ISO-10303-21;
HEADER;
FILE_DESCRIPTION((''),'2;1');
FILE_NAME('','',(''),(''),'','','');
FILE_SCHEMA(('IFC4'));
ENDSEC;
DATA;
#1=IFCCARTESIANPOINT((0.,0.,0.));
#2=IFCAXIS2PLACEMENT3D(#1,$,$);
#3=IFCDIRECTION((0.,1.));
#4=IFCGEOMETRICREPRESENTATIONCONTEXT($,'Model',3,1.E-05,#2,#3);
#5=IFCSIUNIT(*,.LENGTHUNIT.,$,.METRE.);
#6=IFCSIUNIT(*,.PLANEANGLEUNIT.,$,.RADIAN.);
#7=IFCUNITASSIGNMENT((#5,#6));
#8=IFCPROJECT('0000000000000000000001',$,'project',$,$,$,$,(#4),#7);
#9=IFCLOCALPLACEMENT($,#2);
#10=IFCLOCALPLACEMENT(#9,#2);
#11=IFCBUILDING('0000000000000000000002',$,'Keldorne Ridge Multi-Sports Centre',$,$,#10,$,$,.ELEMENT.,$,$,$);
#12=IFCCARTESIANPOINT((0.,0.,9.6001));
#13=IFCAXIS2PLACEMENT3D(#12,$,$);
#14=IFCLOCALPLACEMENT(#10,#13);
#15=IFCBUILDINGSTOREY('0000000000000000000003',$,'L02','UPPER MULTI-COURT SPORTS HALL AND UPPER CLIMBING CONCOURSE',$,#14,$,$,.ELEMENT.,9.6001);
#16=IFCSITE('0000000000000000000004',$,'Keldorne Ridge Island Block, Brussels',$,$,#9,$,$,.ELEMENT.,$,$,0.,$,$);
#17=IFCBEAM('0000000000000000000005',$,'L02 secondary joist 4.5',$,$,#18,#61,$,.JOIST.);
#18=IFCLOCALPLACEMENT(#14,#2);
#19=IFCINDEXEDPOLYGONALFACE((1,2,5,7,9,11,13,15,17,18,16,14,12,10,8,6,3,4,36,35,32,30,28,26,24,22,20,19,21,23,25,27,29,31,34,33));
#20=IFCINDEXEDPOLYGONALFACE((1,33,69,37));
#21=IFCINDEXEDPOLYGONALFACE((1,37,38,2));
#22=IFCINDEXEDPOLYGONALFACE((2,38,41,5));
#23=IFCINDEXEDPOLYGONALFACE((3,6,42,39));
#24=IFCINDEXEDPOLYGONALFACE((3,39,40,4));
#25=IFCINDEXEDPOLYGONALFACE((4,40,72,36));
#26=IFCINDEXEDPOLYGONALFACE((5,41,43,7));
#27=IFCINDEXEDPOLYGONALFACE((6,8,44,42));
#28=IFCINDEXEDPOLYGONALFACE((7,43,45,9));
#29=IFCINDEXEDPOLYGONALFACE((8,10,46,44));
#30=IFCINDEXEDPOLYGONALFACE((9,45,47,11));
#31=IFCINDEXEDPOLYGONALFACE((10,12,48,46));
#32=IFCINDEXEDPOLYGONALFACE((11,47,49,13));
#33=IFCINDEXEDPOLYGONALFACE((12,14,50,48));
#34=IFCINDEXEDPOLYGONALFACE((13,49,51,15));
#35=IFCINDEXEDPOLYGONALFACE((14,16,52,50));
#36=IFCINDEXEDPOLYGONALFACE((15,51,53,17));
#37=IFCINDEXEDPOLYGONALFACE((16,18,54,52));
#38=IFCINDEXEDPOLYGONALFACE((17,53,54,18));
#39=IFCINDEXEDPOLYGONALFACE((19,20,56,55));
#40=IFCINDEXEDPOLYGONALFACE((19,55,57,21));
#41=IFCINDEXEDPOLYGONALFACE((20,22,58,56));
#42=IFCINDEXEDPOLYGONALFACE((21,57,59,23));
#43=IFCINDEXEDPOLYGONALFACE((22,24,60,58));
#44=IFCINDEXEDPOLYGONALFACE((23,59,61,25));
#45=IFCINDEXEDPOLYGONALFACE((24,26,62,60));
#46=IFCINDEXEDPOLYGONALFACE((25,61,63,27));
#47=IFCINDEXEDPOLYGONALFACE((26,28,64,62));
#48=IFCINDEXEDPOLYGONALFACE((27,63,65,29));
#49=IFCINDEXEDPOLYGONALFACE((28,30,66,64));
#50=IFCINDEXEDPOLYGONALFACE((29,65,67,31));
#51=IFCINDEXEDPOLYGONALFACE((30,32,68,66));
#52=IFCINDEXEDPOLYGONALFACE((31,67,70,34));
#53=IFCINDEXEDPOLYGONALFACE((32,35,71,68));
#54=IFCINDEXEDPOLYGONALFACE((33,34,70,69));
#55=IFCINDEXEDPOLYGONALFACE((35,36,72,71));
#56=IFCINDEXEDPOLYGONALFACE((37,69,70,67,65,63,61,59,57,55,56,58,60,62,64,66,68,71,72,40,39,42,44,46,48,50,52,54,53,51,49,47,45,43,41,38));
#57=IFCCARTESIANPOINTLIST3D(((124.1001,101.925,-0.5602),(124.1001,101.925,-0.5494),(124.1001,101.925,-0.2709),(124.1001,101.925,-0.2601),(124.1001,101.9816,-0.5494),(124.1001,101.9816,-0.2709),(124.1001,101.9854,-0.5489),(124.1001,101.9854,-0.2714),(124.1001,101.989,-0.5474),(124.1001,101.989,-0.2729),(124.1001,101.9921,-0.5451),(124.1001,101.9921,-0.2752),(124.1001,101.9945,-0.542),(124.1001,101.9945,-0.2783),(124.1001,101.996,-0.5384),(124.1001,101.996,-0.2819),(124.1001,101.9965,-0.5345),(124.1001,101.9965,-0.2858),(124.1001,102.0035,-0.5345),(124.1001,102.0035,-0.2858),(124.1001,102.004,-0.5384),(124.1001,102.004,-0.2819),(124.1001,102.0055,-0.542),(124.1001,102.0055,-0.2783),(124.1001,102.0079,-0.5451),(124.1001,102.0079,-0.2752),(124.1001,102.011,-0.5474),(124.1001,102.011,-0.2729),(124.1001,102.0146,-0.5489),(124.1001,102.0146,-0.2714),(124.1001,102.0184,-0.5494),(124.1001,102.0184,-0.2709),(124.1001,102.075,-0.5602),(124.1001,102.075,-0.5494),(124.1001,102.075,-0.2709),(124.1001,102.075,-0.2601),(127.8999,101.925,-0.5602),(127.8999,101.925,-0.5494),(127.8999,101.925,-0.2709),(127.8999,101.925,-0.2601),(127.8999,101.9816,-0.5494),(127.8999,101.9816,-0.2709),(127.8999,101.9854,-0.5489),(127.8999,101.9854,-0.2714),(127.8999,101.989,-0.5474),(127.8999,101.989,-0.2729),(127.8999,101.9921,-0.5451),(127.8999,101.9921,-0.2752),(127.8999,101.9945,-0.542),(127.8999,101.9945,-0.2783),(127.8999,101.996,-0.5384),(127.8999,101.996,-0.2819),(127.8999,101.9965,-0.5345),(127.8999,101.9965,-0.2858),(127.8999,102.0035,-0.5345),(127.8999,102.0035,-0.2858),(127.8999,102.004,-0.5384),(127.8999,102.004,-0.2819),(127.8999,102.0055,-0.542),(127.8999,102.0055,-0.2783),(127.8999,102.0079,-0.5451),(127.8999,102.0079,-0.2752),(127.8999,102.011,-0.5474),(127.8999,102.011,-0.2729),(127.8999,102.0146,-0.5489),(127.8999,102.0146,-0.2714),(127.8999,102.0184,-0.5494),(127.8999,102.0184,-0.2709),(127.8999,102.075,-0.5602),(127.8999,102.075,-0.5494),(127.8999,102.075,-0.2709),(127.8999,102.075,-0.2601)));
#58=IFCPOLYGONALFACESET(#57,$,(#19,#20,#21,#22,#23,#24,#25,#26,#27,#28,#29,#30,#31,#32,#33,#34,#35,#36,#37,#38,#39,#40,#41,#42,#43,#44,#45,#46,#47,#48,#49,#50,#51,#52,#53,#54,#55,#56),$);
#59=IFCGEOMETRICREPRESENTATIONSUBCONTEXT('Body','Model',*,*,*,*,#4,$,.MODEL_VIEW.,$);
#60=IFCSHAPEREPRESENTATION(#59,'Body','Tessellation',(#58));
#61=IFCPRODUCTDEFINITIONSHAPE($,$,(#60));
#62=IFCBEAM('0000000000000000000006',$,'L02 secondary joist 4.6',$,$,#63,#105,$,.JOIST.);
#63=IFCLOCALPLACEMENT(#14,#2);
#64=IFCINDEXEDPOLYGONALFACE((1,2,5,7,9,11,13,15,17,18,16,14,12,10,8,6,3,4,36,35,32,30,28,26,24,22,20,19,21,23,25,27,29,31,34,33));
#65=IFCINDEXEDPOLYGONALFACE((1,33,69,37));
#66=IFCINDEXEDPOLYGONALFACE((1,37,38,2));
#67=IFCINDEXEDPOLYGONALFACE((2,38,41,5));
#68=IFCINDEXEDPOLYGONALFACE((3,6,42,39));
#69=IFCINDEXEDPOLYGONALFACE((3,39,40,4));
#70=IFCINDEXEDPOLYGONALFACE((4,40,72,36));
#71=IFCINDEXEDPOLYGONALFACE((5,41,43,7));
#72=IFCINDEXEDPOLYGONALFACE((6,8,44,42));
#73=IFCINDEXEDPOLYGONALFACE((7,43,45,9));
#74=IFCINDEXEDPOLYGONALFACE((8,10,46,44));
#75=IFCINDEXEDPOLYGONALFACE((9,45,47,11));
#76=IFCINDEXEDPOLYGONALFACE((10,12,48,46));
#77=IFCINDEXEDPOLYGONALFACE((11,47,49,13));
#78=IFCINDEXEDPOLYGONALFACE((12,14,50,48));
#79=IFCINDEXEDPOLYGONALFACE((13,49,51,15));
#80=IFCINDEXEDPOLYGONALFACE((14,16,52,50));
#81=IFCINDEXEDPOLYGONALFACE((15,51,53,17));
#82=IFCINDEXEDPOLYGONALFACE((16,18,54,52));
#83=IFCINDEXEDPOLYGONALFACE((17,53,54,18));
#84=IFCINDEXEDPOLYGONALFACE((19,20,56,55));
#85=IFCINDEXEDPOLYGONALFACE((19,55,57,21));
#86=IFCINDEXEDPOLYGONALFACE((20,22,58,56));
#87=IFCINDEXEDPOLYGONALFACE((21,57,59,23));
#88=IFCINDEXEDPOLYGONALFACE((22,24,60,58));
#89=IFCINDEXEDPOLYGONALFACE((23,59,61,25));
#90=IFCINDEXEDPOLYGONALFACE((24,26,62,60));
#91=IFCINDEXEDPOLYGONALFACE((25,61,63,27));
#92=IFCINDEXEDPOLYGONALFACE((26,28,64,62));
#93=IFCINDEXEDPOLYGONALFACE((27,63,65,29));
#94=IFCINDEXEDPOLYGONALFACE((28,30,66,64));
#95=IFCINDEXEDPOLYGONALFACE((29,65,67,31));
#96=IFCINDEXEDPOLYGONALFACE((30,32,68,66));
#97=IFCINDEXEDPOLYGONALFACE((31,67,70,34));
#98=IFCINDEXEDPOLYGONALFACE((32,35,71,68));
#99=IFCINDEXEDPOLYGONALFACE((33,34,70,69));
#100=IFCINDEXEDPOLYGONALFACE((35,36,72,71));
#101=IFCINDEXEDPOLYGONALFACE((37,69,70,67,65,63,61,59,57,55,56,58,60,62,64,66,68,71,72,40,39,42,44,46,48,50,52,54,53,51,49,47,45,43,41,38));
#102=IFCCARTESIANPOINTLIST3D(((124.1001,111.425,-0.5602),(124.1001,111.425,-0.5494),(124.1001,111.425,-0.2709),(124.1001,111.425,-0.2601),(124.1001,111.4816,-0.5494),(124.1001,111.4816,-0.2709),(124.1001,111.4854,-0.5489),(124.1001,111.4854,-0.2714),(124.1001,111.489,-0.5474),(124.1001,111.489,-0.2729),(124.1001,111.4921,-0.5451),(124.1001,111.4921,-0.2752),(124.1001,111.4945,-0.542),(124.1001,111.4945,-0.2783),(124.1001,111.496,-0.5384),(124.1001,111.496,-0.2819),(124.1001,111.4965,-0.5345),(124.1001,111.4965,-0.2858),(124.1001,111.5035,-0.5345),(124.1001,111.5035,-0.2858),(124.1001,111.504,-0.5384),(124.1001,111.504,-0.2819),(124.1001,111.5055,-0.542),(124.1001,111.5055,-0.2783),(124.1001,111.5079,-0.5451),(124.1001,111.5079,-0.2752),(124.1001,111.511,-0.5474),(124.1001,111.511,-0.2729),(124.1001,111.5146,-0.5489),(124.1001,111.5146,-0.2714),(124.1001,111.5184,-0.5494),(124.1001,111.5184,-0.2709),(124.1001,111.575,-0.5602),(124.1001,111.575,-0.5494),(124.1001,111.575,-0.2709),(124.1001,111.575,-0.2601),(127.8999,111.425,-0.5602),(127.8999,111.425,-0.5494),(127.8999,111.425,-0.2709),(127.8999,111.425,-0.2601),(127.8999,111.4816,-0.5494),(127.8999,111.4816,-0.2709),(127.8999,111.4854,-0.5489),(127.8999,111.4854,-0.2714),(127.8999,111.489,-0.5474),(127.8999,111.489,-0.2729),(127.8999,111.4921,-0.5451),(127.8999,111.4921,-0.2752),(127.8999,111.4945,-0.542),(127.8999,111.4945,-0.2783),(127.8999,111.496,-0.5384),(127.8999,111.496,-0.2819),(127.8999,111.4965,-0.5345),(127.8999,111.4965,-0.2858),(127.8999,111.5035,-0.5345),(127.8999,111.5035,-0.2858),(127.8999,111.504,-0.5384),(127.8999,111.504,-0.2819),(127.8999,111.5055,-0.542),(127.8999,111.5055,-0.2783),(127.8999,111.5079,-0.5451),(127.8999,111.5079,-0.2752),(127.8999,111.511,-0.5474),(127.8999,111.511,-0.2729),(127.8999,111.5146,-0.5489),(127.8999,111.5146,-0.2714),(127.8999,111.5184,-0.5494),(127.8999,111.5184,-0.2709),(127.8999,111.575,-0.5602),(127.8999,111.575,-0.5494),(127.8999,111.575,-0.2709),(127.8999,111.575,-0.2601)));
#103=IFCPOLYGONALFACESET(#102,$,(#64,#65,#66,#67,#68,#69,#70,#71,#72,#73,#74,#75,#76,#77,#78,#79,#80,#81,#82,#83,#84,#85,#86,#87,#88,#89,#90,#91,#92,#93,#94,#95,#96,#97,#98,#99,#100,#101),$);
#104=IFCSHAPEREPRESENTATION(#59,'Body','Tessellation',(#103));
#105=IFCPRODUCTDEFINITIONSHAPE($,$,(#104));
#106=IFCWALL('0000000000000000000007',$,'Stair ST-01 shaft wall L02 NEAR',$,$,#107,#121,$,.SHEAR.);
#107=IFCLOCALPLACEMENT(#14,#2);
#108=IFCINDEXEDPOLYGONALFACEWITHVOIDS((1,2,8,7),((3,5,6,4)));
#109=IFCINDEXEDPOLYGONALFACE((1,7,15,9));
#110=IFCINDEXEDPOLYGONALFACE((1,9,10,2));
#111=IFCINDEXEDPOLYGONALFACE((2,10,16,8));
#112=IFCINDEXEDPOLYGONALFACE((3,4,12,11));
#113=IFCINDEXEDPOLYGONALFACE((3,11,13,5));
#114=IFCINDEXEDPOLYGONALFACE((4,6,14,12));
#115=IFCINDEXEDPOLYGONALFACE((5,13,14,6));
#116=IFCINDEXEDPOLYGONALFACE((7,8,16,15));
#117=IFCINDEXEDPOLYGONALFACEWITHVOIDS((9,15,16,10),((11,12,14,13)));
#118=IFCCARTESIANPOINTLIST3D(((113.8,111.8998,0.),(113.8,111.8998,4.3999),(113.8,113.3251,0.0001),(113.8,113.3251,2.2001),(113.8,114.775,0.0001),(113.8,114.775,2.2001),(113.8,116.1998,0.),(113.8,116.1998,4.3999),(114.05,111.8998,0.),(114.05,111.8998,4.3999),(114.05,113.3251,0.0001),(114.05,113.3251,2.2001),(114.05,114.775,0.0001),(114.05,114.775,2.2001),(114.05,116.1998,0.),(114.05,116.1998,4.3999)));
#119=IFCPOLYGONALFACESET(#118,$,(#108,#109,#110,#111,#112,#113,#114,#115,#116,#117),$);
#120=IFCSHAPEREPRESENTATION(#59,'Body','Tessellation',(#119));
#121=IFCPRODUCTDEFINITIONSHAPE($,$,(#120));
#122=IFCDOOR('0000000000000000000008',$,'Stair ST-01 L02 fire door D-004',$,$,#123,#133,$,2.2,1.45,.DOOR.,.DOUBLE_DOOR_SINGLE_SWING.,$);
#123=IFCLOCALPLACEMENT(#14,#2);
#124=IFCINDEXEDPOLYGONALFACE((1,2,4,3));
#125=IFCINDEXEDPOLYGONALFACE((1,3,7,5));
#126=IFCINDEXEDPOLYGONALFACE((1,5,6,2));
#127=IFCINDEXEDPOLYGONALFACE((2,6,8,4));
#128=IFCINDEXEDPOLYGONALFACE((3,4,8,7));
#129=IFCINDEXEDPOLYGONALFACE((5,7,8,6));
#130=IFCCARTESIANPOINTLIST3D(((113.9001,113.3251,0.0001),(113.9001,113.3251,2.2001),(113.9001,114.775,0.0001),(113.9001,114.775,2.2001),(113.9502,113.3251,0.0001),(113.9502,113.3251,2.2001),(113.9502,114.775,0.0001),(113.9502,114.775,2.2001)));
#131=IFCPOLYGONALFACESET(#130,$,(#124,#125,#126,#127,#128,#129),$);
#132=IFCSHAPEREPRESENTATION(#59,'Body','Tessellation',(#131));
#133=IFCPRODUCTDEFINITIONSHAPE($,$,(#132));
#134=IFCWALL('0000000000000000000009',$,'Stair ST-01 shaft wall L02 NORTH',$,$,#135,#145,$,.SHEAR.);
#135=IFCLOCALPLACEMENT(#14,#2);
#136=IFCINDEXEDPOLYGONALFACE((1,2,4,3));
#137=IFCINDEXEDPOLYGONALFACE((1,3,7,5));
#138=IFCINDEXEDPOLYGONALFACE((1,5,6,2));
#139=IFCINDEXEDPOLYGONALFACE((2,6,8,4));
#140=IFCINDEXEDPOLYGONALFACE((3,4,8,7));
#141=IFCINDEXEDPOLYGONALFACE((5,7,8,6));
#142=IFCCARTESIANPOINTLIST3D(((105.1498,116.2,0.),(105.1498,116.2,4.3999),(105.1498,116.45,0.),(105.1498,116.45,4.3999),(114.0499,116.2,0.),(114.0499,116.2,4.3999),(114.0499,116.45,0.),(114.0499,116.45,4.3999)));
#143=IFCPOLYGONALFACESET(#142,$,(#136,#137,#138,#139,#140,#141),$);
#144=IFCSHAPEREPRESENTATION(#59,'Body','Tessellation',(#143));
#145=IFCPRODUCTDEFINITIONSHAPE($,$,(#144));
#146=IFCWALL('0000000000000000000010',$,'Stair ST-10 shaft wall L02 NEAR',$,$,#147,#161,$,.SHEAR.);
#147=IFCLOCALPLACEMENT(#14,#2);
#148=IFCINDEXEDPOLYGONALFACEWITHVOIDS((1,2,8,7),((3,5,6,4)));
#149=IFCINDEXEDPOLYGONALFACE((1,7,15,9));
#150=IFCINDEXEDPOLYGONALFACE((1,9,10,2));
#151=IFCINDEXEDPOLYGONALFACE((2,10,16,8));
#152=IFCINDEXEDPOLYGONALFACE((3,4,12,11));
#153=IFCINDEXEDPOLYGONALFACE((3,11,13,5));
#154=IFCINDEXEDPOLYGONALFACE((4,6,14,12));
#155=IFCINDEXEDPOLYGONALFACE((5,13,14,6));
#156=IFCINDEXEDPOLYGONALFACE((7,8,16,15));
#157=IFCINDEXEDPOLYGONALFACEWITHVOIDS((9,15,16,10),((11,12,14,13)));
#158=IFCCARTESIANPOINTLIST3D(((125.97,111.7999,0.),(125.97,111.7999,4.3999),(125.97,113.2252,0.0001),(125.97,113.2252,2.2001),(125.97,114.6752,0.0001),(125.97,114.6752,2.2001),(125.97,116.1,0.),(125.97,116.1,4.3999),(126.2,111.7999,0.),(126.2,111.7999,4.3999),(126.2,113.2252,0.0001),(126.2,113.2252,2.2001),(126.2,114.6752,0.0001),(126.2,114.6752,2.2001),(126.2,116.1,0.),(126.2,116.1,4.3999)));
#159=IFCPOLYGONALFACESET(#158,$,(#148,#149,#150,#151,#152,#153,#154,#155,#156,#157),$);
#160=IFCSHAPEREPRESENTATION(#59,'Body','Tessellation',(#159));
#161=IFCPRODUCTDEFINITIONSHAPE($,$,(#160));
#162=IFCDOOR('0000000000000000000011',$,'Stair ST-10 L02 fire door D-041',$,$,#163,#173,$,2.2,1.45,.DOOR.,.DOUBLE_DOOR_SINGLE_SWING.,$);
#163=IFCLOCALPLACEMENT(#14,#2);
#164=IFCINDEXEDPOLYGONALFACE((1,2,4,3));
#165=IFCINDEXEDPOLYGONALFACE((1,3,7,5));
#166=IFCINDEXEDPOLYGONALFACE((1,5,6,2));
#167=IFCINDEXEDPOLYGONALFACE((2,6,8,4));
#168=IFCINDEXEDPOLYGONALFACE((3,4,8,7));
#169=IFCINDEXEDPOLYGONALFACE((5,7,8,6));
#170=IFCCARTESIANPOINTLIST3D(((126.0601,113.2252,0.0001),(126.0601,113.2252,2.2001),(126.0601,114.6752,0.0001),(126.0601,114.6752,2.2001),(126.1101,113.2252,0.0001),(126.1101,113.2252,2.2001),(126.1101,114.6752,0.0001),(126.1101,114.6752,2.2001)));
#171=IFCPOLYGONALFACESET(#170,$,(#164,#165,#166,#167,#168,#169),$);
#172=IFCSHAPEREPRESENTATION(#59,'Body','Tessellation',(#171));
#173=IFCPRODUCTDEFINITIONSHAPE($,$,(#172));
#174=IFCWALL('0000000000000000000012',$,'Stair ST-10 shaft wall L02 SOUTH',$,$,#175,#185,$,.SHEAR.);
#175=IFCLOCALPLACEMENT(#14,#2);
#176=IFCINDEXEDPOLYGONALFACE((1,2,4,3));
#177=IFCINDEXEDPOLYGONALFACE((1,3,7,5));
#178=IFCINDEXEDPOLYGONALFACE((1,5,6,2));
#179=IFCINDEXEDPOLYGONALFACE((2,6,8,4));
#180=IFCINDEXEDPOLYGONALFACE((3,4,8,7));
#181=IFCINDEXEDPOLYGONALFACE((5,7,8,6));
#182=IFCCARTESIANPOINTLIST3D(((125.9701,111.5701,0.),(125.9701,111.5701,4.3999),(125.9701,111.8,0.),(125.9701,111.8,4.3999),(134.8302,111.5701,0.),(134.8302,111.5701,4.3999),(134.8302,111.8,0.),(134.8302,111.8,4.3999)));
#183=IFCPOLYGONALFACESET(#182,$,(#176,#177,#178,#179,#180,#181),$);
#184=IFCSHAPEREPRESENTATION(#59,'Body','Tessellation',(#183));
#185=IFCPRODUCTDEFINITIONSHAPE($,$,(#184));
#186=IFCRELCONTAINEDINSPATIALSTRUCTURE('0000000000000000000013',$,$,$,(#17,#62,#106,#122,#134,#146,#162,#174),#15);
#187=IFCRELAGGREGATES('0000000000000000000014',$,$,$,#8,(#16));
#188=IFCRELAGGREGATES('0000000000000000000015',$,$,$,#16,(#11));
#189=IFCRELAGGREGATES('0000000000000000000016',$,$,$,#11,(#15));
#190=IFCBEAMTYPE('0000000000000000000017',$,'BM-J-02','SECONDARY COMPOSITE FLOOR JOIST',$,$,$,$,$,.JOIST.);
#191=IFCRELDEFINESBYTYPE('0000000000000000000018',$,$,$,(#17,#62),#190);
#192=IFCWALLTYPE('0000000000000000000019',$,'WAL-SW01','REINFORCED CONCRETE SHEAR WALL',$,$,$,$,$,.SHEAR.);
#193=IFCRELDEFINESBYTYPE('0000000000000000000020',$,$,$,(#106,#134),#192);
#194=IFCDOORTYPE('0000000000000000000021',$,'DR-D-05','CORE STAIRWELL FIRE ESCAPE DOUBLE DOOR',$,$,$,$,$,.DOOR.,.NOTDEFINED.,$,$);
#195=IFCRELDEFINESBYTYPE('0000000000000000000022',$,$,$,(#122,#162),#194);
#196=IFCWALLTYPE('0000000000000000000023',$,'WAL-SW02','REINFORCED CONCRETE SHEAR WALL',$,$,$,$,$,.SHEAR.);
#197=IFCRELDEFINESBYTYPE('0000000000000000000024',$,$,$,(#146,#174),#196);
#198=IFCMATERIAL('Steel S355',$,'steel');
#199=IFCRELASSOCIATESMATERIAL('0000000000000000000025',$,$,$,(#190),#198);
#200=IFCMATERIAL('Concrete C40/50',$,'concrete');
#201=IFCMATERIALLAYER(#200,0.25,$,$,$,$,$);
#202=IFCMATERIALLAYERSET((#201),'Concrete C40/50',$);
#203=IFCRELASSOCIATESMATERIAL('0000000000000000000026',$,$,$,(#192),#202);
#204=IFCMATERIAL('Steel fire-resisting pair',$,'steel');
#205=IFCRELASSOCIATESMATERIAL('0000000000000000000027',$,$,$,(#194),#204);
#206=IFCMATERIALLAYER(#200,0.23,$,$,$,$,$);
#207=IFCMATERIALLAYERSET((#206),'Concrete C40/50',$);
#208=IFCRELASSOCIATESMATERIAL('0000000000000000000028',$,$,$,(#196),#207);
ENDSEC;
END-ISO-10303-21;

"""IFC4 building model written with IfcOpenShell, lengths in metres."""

from ifc_helpers import new_model, si_unit, direction, frame, frame_2d, origin, origin_2d, place, context, subcontext, project, spatial, rectangle, i_section, extrude, material, layer, layer_set, material_profile, profile_set, type_object, element, fill, save


model = new_model("IFC4")

# Units and contexts
model_context = context("Model", 3, precision=1e-05, world=origin(), true_north=direction((0.0, 1.0)))
body_context = subcontext(model_context, "Body", "Model", "MODEL_VIEW")
ifc_project = project(units=[si_unit("LENGTHUNIT", "METRE"), si_unit("PLANEANGLEUNIT", "RADIAN")], contexts=[model_context])

# Site, building, storey
site_placement = place(None, origin())
site = spatial("IfcSite", under=ifc_project, at=site_placement, Name="Keldorne Ridge Island Block, Brussels", CompositionType="ELEMENT", RefElevation=0.0)
building_placement = place(site_placement, origin())
building = spatial("IfcBuilding", under=site, at=building_placement, Name="Keldorne Ridge Multi-Sports Centre", CompositionType="ELEMENT")
storey_placement = place(building_placement, frame((0.0, 0.0, 9.6001)))
storey = spatial("IfcBuildingStorey", under=building, at=storey_placement, Name="L02", Description="UPPER MULTI-COURT SPORTS HALL AND UPPER CLIMBING CONCOURSE", CompositionType="ELEMENT", Elevation=9.6001)

# Shared definitions
ifc_material_1 = material(Name="Steel S355", Category="steel")

# Beams
ifc_material_profile_1 = material_profile(ifc_material_1, i_section(OverallWidth=0.1499, OverallDepth=0.3, WebThickness=0.0071, FlangeThickness=0.0107, FilletRadius=0.0149, at=origin_2d()), Name="IPE 300")
ifc_profile_set_1 = profile_set([ifc_material_profile_1], Name="Steel S355")
beam_type_1 = type_object("IfcBeamType", Name="BM-J-02", Description="SECONDARY COMPOSITE FLOOR JOIST", PredefinedType="JOIST", material=ifc_profile_set_1)
for number, where, z_axis, x_axis, name in (
    (1, (124.1001, 102.0, -0.4102), (1.0, 0.0, 0.0), (0.0, 1.0, 0.0), "L02 secondary joist 4.5"),
    (2, (124.1001, 111.5, -0.4102), (1.0, 0.0, 0.0), (0.0, 1.0, 0.0), "L02 secondary joist 4.6"),
):
    element("IfcBeam", number, at=place(storey_placement, frame(where, z_axis=z_axis, x_axis=x_axis)), inside=storey, type_object=beam_type_1, Name=name, PredefinedType="JOIST", context=body_context, shape_type="SweptSolid", body=[
        extrude(i_section(OverallWidth=0.1499, OverallDepth=0.3, WebThickness=0.0071, FlangeThickness=0.0107, FilletRadius=0.0149, at=origin_2d()), origin(), (0.0, 0.0, 1.0), 3.7998),
    ])

# Wall, opening, door
ifc_material_2 = material(Name="Concrete C40/50", Category="concrete")
ifc_layer_1 = layer(ifc_material_2, 0.25)
ifc_layer_set_1 = layer_set([ifc_layer_1], Name="Concrete C40/50")
wall_type_1 = type_object("IfcWallType", Name="WAL-SW01", Description="REINFORCED CONCRETE SHEAR WALL", PredefinedType="SHEAR", material=ifc_layer_set_1)
wall_1_placement = place(storey_placement, frame((113.925, 111.8999, 0.0), z_axis=(0.0, 0.0, 1.0), x_axis=(0.0, 1.0, 0.0)))
wall_1 = element("IfcWall", 3, at=wall_1_placement, inside=storey, type_object=wall_type_1, Name="Stair ST-01 shaft wall L02 NEAR", PredefinedType="SHEAR", context=body_context, shape_type="SweptSolid", body=[
    extrude(rectangle(XDim=4.3, YDim=0.25, at=frame_2d((2.1499, 0.0))), origin(), (0.0, 0.0, 1.0), 4.3999),
])
opening_1_placement = place(wall_1_placement, frame((1.425, 0.0, 0.0)))
opening_1 = element("IfcOpeningElement", 4, at=opening_1_placement, cuts=wall_1, PredefinedType="OPENING", context=body_context, shape_type="SweptSolid", body=[
    extrude(rectangle(XDim=1.45, YDim=2.2, at=frame_2d((0.7251, 1.1001))), frame((0.0, 0.135, 0.0), z_axis=(0.0, -1.0, 0.0), x_axis=(1.0, 0.0, 0.0)), (0.0, 0.0, 1.0), 0.27),
])
ifc_material_3 = material(Name="Steel fire-resisting pair", Category="steel")
door_type = type_object("IfcDoorType", Name="DR-D-05", Description="CORE STAIRWELL FIRE ESCAPE DOUBLE DOOR", OperationType="NOTDEFINED", PredefinedType="DOOR", material=ifc_material_3)
door_1_placement = place(opening_1_placement, origin())
door_1 = element("IfcDoor", 5, at=door_1_placement, inside=storey, type_object=door_type, Name="Stair ST-01 L02 fire door D-004", OperationType="DOUBLE_DOOR_SINGLE_SWING", OverallHeight=2.2, OverallWidth=1.45, PredefinedType="DOOR", context=body_context, shape_type="SweptSolid", body=[
    extrude(rectangle(XDim=1.45, YDim=2.2, at=frame_2d((0.7251, 1.1001))), frame((0.0, 0.0249, 0.0), z_axis=(0.0, -1.0, 0.0), x_axis=(1.0, 0.0, 0.0)), (0.0, 0.0, 1.0), 0.05),
])
fill(opening_1, door_1)

# Wall
wall_2_placement = place(storey_placement, frame((114.05, 116.325, 0.0), z_axis=(0.0, 0.0, 1.0), x_axis=(-1.0, 0.0, 0.0)))
element("IfcWall", 6, at=wall_2_placement, inside=storey, type_object=wall_type_1, Name="Stair ST-01 shaft wall L02 NORTH", PredefinedType="SHEAR", context=body_context, shape_type="SweptSolid", body=[
    extrude(rectangle(XDim=8.9001, YDim=0.25, at=frame_2d((4.4502, 0.0))), origin(), (0.0, 0.0, 1.0), 4.3999),
])

# Wall, opening, door
ifc_layer_2 = layer(ifc_material_2, 0.23)
ifc_layer_set_2 = layer_set([ifc_layer_2], Name="Concrete C40/50")
wall_type_2 = type_object("IfcWallType", Name="WAL-SW02", Description="REINFORCED CONCRETE SHEAR WALL", PredefinedType="SHEAR", material=ifc_layer_set_2)
wall_3_placement = place(storey_placement, frame((126.085, 111.8, 0.0), z_axis=(0.0, 0.0, 1.0), x_axis=(0.0, 1.0, 0.0)))
wall_3 = element("IfcWall", 7, at=wall_3_placement, inside=storey, type_object=wall_type_2, Name="Stair ST-10 shaft wall L02 NEAR", PredefinedType="SHEAR", context=body_context, shape_type="SweptSolid", body=[
    extrude(rectangle(XDim=4.3, YDim=0.23, at=frame_2d((2.1499, 0.0))), origin(), (0.0, 0.0, 1.0), 4.3999),
])
opening_2_placement = place(wall_3_placement, frame((1.425, 0.0, 0.0)))
opening_2 = element("IfcOpeningElement", 8, at=opening_2_placement, cuts=wall_3, PredefinedType="OPENING", context=body_context, shape_type="SweptSolid", body=[
    extrude(rectangle(XDim=1.45, YDim=2.2, at=frame_2d((0.7251, 1.1001))), frame((0.0, 0.125, 0.0), z_axis=(0.0, -1.0, 0.0), x_axis=(1.0, 0.0, 0.0)), (0.0, 0.0, 1.0), 0.25),
])
door_2_placement = place(opening_2_placement, origin())
door_2 = element("IfcDoor", 9, at=door_2_placement, inside=storey, type_object=door_type, Name="Stair ST-10 L02 fire door D-041", OperationType="DOUBLE_DOOR_SINGLE_SWING", OverallHeight=2.2, OverallWidth=1.45, PredefinedType="DOOR", context=body_context, shape_type="SweptSolid", body=[
    extrude(rectangle(XDim=1.45, YDim=2.2, at=frame_2d((0.7251, 1.1001))), frame((0.0, 0.0249, 0.0), z_axis=(0.0, -1.0, 0.0), x_axis=(1.0, 0.0, 0.0)), (0.0, 0.0, 1.0), 0.05),
])
fill(opening_2, door_2)

# Wall
wall_4_placement = place(storey_placement, frame((125.97, 111.6851, 0.0), z_axis=(0.0, 0.0, 1.0), x_axis=(1.0, 0.0, 0.0)))
element("IfcWall", 10, at=wall_4_placement, inside=storey, type_object=wall_type_2, Name="Stair ST-10 shaft wall L02 SOUTH", PredefinedType="SHEAR", context=body_context, shape_type="SweptSolid", body=[
    extrude(rectangle(XDim=8.8601, YDim=0.23, at=frame_2d((4.4302, 0.0))), origin(), (0.0, 0.0, 1.0), 4.3999),
])

save(model, "model.ifc")
